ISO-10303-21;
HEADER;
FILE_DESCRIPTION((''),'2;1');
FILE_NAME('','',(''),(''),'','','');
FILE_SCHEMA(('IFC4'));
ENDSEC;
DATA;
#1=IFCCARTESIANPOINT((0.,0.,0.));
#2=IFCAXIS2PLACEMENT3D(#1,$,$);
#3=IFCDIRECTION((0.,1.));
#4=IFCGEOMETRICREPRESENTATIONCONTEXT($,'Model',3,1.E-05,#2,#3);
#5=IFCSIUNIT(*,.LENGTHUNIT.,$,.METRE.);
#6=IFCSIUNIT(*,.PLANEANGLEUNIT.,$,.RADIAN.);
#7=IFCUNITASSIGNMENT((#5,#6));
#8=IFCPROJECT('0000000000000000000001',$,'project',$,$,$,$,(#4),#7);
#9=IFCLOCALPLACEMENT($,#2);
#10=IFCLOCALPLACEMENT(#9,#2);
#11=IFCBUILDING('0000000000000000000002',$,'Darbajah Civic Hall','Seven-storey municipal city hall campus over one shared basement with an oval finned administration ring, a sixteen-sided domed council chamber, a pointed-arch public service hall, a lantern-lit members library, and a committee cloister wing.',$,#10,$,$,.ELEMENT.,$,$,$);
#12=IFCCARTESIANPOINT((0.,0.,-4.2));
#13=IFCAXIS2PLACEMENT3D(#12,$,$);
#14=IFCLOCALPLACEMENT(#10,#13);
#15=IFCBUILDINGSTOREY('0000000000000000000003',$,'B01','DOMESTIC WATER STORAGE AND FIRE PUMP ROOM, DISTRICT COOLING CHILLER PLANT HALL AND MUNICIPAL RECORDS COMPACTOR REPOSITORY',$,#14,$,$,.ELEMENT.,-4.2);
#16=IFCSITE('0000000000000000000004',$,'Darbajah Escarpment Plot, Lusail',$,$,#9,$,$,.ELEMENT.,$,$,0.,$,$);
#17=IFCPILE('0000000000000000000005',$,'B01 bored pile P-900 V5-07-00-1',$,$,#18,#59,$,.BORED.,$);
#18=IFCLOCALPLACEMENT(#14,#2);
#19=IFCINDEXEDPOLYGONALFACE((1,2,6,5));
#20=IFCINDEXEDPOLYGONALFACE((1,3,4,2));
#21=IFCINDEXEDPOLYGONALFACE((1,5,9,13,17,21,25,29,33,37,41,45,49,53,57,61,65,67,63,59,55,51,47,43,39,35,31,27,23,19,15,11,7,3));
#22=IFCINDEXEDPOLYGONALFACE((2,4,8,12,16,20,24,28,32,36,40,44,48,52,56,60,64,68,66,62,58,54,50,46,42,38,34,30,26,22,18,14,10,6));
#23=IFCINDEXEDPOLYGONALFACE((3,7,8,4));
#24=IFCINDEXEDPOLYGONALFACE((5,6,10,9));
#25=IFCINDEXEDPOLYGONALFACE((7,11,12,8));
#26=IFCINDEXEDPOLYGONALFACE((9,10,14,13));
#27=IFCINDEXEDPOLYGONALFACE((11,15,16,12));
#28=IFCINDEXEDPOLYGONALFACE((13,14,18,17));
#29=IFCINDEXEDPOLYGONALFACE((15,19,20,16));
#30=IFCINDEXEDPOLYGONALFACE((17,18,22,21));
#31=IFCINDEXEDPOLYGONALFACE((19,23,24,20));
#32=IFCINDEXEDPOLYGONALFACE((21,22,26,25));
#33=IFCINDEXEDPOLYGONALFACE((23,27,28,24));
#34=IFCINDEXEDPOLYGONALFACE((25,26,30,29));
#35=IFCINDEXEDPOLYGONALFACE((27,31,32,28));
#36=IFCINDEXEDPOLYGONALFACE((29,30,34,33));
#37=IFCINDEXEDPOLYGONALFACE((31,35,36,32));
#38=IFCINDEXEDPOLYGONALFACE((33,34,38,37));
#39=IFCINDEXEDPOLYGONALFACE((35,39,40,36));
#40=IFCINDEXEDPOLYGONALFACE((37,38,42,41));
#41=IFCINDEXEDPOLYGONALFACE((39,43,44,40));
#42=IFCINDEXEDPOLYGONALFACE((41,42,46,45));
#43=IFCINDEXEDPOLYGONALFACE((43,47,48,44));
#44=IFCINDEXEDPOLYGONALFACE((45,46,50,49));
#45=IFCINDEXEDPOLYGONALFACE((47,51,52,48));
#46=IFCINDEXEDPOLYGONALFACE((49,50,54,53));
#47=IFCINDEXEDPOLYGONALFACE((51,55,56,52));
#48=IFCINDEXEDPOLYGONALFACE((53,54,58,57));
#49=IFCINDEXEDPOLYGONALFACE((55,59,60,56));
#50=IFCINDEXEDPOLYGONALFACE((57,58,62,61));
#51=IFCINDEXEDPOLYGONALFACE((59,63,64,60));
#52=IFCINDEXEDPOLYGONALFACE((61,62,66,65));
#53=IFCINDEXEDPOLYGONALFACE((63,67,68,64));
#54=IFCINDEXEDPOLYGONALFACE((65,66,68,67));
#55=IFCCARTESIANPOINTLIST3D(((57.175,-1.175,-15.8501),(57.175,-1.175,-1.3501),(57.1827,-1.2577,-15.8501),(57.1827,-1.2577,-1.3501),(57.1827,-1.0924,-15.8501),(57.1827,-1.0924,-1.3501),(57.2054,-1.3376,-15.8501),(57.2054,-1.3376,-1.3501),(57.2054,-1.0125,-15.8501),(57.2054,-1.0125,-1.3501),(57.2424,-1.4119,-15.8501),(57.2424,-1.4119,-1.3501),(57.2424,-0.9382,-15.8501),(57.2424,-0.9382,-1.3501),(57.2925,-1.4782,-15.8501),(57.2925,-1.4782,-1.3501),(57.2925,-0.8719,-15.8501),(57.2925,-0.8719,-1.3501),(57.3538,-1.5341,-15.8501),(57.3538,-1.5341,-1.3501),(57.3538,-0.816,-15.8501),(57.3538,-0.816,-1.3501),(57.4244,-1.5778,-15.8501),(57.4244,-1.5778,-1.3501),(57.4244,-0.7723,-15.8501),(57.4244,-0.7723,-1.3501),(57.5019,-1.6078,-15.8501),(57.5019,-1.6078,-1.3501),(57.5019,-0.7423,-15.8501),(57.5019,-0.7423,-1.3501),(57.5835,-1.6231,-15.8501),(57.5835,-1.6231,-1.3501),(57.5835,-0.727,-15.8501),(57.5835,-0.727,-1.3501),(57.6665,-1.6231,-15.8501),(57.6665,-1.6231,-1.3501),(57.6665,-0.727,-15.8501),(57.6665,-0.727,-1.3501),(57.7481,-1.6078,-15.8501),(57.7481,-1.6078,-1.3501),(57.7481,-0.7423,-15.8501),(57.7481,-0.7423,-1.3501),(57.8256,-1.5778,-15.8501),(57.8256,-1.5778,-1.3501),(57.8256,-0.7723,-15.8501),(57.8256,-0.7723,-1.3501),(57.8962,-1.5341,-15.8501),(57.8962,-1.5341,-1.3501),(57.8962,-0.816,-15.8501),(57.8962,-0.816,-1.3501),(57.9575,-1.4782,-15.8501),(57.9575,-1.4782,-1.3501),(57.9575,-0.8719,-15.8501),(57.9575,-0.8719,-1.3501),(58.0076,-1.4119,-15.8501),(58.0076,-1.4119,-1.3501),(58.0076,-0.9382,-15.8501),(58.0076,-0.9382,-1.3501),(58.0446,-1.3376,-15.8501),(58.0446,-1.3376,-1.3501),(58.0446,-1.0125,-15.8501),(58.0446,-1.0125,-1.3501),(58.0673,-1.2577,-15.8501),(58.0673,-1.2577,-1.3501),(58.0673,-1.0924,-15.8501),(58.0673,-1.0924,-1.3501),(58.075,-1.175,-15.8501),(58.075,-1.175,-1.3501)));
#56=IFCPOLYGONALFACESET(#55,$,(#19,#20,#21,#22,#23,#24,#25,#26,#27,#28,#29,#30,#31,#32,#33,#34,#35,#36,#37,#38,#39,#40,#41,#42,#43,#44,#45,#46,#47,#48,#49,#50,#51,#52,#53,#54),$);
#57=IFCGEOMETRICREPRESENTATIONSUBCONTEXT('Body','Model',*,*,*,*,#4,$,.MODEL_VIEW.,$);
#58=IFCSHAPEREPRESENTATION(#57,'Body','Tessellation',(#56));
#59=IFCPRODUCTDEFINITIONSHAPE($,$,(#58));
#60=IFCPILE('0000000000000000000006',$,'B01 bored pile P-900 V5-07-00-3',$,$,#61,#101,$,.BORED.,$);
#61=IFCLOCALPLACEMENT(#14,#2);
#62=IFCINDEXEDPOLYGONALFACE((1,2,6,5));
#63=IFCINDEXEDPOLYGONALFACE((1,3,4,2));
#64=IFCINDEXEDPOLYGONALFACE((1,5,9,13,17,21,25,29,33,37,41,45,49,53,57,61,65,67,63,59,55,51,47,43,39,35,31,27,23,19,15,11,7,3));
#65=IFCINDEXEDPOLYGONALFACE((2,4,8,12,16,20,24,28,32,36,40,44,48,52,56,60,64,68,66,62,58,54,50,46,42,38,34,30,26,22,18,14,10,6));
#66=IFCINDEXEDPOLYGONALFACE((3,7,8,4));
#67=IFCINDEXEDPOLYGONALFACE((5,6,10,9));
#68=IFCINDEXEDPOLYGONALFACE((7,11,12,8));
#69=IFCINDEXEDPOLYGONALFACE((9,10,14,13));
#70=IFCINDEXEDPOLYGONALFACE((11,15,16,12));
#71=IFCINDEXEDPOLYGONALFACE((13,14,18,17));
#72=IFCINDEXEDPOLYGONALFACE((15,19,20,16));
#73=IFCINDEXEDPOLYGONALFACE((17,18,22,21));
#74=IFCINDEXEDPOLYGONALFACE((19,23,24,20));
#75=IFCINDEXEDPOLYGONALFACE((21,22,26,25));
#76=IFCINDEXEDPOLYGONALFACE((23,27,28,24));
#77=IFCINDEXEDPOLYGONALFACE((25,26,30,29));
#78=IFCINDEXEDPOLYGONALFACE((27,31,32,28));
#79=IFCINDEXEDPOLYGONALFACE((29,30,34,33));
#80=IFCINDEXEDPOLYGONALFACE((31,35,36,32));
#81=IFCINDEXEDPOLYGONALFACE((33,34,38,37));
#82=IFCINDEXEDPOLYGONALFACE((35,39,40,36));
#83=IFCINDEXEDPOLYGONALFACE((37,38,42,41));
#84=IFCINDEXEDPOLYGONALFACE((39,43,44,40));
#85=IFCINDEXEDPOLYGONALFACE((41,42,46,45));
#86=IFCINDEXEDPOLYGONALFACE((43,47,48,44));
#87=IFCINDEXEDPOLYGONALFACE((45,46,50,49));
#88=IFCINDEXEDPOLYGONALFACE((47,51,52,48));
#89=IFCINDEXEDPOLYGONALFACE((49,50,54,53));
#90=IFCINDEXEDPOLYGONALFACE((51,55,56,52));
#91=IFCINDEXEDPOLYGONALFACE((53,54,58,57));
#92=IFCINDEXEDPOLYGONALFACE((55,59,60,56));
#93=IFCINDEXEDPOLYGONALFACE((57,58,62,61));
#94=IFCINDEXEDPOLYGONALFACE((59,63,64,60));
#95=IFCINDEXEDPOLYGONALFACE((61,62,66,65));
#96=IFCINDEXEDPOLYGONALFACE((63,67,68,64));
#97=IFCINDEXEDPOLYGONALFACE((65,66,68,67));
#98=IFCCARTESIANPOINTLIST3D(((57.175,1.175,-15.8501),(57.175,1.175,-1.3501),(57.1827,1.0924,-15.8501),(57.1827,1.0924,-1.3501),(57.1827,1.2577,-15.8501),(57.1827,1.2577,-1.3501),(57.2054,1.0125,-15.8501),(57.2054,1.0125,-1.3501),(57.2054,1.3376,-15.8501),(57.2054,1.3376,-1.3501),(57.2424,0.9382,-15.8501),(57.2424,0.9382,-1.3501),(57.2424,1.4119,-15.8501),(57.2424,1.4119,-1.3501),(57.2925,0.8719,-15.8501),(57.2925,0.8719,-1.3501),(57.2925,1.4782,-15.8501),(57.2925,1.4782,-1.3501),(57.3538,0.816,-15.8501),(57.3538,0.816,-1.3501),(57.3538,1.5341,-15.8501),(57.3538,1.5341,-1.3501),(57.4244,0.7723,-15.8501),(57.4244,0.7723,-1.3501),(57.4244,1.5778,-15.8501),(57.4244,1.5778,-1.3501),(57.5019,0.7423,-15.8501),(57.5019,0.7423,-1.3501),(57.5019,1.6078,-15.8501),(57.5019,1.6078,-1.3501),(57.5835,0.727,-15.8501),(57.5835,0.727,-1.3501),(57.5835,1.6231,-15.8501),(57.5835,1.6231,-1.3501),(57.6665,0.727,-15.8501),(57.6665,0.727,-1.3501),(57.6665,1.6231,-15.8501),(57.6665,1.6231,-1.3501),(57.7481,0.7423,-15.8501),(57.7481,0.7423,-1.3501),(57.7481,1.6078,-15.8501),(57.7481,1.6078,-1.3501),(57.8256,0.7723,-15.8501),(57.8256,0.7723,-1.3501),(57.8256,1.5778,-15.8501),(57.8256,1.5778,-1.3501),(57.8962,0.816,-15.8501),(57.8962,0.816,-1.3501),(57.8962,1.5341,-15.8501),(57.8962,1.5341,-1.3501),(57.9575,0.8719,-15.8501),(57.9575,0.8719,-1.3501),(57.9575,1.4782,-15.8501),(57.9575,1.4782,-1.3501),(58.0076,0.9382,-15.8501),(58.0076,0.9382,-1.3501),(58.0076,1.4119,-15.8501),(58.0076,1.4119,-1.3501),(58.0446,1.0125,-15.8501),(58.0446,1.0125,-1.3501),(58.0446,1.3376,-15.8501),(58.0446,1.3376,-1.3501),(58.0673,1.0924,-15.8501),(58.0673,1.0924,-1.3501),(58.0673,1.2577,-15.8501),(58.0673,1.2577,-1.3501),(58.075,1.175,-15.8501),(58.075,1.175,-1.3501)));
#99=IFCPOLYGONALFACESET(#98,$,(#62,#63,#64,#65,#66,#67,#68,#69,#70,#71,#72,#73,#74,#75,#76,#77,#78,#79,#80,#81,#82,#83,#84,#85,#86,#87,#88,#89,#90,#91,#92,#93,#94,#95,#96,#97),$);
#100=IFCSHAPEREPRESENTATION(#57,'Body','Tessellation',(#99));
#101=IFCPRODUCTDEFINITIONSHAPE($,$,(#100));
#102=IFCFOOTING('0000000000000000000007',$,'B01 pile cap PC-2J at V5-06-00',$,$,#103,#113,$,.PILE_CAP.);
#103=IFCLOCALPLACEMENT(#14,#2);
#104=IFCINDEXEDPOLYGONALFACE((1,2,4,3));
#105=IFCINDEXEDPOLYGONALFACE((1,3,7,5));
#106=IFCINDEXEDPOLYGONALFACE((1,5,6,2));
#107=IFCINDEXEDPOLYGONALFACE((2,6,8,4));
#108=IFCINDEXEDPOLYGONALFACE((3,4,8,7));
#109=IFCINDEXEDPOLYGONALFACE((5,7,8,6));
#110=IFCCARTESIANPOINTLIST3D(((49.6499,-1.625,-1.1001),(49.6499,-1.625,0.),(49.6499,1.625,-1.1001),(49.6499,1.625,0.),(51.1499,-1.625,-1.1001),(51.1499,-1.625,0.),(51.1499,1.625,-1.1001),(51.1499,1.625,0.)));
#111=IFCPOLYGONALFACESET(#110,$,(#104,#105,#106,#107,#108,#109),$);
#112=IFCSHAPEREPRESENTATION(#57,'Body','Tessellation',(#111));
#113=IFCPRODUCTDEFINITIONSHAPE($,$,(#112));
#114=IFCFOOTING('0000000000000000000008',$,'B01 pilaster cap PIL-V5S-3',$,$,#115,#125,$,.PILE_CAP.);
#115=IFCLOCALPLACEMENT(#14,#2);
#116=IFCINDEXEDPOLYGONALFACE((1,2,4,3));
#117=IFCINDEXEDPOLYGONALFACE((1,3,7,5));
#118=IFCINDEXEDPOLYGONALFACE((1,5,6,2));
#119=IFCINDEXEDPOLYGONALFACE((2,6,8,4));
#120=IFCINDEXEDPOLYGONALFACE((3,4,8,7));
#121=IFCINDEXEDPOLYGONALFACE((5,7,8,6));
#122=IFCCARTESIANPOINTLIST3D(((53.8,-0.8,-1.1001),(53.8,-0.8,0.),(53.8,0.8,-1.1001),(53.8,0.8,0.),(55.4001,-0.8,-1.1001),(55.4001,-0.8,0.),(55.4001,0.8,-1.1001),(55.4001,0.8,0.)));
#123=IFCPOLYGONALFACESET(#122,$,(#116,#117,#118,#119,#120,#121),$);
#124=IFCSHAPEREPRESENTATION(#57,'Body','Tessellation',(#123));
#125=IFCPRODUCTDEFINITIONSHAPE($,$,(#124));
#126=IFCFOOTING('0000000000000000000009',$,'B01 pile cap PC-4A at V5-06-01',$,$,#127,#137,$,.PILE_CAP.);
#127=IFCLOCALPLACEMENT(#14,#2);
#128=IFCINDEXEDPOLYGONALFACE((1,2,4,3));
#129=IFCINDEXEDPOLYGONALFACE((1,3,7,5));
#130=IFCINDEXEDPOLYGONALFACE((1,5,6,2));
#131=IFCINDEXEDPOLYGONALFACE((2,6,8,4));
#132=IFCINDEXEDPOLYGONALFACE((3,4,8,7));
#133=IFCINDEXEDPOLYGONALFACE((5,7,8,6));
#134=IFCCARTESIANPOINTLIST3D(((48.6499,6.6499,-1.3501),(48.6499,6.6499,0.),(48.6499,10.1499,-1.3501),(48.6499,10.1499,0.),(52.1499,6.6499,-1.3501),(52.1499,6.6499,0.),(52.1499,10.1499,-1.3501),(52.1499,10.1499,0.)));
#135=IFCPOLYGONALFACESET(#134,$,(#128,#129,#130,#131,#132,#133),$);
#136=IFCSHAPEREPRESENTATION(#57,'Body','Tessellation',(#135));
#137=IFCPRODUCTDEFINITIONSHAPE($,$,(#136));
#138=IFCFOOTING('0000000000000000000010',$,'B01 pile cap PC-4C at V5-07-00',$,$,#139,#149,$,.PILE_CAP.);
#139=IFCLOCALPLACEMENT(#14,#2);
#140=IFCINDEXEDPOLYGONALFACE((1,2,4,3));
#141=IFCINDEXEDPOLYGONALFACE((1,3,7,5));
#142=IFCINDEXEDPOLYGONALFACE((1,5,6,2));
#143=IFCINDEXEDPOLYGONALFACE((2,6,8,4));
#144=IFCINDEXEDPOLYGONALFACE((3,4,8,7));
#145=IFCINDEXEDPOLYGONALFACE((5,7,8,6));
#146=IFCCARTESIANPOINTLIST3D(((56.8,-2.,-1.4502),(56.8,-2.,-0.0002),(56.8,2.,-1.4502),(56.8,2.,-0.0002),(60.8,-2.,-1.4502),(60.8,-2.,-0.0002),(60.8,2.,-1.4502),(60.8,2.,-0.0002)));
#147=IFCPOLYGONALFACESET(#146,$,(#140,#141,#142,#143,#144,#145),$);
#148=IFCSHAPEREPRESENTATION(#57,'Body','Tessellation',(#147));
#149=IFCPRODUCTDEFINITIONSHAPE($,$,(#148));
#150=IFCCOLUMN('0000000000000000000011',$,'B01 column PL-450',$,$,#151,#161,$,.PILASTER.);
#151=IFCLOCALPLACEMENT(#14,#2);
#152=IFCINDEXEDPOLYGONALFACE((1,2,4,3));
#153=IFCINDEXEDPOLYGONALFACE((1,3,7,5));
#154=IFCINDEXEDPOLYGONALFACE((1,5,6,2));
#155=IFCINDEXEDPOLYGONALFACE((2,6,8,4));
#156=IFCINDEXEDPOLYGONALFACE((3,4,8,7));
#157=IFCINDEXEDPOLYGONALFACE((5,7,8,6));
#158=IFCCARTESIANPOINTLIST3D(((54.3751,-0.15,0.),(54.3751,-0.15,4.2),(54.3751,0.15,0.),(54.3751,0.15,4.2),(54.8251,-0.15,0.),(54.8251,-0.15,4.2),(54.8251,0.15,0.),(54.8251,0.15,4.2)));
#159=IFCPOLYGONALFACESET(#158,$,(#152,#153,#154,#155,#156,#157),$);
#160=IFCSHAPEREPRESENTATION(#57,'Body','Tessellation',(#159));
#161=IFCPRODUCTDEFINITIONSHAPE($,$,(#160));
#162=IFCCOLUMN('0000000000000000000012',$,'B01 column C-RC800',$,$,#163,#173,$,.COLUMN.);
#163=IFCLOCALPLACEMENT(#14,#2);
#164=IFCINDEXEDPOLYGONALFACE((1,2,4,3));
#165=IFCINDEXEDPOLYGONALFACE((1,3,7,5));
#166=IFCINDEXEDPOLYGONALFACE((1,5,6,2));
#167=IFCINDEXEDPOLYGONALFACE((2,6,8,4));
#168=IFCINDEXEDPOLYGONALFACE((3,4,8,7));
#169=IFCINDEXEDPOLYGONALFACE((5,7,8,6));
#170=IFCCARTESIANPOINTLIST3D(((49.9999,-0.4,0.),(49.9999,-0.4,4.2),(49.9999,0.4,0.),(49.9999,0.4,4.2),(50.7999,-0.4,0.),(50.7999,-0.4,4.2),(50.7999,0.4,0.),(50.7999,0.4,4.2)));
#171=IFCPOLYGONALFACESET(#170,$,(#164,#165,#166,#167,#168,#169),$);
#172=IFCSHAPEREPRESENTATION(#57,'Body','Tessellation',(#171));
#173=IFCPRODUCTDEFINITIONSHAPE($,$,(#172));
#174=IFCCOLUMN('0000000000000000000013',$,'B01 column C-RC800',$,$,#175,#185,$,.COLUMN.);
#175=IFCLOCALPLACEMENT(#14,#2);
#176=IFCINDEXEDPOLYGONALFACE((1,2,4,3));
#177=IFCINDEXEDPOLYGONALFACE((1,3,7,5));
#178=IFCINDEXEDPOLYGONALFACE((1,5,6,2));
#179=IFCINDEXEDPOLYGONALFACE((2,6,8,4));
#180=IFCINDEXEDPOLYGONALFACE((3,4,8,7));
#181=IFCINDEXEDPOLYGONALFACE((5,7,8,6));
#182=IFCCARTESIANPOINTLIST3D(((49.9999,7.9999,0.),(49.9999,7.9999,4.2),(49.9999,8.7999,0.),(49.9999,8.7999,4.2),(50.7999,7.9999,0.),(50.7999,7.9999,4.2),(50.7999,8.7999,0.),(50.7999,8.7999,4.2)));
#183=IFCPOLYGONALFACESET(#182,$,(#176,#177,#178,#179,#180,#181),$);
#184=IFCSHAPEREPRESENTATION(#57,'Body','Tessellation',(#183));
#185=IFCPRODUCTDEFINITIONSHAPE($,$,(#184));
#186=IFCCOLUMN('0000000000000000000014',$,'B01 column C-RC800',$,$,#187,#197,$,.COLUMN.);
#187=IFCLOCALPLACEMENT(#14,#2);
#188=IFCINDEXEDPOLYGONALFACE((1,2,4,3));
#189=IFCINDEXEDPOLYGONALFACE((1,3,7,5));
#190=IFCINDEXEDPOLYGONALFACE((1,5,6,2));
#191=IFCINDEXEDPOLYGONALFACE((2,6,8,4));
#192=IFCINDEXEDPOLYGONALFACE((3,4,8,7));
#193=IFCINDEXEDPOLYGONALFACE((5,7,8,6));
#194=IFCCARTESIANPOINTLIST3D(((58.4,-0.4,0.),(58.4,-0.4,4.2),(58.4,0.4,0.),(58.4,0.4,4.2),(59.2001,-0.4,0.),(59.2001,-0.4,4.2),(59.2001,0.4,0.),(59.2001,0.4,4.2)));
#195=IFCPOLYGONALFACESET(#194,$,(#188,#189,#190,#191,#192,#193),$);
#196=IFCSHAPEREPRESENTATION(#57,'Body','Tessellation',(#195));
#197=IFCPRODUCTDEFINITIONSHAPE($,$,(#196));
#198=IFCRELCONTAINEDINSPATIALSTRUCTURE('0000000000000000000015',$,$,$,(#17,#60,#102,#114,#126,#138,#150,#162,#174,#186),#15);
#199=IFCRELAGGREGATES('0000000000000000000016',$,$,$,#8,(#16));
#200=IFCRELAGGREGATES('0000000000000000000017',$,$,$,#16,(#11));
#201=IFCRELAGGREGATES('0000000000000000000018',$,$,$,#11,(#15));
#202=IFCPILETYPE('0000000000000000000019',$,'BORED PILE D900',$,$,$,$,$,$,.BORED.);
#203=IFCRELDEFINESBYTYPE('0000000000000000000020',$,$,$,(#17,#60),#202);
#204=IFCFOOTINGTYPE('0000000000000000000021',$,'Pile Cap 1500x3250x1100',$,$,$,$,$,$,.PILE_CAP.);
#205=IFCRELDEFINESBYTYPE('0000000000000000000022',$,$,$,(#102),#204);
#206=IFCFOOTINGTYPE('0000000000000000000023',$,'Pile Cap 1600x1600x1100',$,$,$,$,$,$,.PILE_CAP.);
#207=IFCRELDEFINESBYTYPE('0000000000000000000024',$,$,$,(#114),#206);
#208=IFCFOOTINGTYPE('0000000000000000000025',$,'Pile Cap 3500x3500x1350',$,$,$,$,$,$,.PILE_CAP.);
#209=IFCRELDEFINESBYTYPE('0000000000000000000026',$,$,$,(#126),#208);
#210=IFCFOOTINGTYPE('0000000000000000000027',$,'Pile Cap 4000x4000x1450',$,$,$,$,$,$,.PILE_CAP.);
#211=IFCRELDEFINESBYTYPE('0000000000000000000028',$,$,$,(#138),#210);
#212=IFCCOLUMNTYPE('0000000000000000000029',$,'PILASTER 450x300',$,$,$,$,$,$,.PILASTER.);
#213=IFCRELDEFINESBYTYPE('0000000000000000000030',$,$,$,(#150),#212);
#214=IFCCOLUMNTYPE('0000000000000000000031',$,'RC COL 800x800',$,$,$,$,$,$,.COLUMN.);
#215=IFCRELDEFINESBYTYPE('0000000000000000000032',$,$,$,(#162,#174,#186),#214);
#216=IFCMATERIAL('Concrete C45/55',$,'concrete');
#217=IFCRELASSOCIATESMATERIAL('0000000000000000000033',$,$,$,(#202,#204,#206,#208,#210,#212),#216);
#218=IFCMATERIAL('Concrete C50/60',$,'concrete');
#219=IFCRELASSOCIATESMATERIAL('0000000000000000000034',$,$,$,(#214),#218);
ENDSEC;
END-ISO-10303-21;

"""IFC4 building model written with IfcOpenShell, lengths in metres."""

from ifc_helpers import new_model, si_unit, direction, frame, origin, origin_2d, place, context, subcontext, project, spatial, rectangle, circle, extrude, material, material_profile, profile_set, type_object, element, save


model = new_model("IFC4")

# Units and contexts
model_context = context("Model", 3, precision=1e-05, world=origin(), true_north=direction((0.0, 1.0)))
body_context = subcontext(model_context, "Body", "Model", "MODEL_VIEW")
ifc_project = project(units=[si_unit("LENGTHUNIT", "METRE"), si_unit("PLANEANGLEUNIT", "RADIAN")], contexts=[model_context])

# Site, building, storey
site_placement = place(None, origin())
site = spatial("IfcSite", under=ifc_project, at=site_placement, Name="Darbajah Escarpment Plot, Lusail", CompositionType="ELEMENT", RefElevation=0.0)
building_placement = place(site_placement, origin())
building = spatial("IfcBuilding", under=site, at=building_placement, Name="Darbajah Civic Hall", Description="Seven-storey municipal city hall campus over one shared basement with an oval finned administration ring, a sixteen-sided domed council chamber, a pointed-arch public service hall, a lantern-lit members library, and a committee cloister wing.", CompositionType="ELEMENT")
storey_placement = place(building_placement, frame((0.0, 0.0, -4.2)))
storey = spatial("IfcBuildingStorey", under=building, at=storey_placement, Name="B01", Description="DOMESTIC WATER STORAGE AND FIRE PUMP ROOM, DISTRICT COOLING CHILLER PLANT HALL AND MUNICIPAL RECORDS COMPACTOR REPOSITORY", CompositionType="ELEMENT", Elevation=-4.2)

# Piles
ifc_material_1 = material(Name="Concrete C45/55", Category="concrete")
ifc_material_profile_1 = material_profile(ifc_material_1, circle(Radius=0.45, at=origin_2d()), Name="BORED PILE D900")
ifc_profile_set_1 = profile_set([ifc_material_profile_1], Name="Concrete C45/55")
pile_type_1 = type_object("IfcPileType", Name="BORED PILE D900", PredefinedType="BORED", material=ifc_profile_set_1)
for number, where, z_axis, x_axis, name in (
    (1, (57.625, -1.175, -1.3501), (0.0, 0.0, -1.0), (1.0, 0.0, 0.0), "B01 bored pile P-900 V5-07-00-1"),
    (2, (57.625, 1.175, -1.3501), (0.0, 0.0, -1.0), (1.0, 0.0, 0.0), "B01 bored pile P-900 V5-07-00-3"),
):
    element("IfcPile", number, at=place(storey_placement, frame(where, z_axis=z_axis, x_axis=x_axis)), inside=storey, type_object=pile_type_1, Name=name, PredefinedType="BORED", context=body_context, shape_type="SweptSolid", body=[
        extrude(circle(Radius=0.45, at=origin_2d()), origin(), (0.0, 0.0, 1.0), 14.5),
    ])

# Footings
footing_type_1 = type_object("IfcFootingType", Name="Pile Cap 1500x3250x1100", PredefinedType="PILE_CAP", material=ifc_material_1)
footing_1_placement = place(storey_placement, frame((50.3999, 0.0, -1.1001), z_axis=(0.0, 0.0, 1.0), x_axis=(1.0, 0.0, 0.0)))
element("IfcFooting", 3, at=footing_1_placement, inside=storey, type_object=footing_type_1, Name="B01 pile cap PC-2J at V5-06-00", PredefinedType="PILE_CAP", context=body_context, shape_type="SweptSolid", body=[
    extrude(rectangle(XDim=1.5, YDim=3.25, at=origin_2d()), origin(), (0.0, 0.0, 1.0), 1.1001),
])
footing_type_2 = type_object("IfcFootingType", Name="Pile Cap 1600x1600x1100", PredefinedType="PILE_CAP", material=ifc_material_1)
footing_2_placement = place(storey_placement, frame((54.6001, 0.0, -1.1001), z_axis=(0.0, 0.0, 1.0), x_axis=(1.0, 0.0, 0.0)))
element("IfcFooting", 4, at=footing_2_placement, inside=storey, type_object=footing_type_2, Name="B01 pilaster cap PIL-V5S-3", PredefinedType="PILE_CAP", context=body_context, shape_type="SweptSolid", body=[
    extrude(rectangle(XDim=1.6001, YDim=1.6001, at=origin_2d()), origin(), (0.0, 0.0, 1.0), 1.1001),
])
footing_type_3 = type_object("IfcFootingType", Name="Pile Cap 3500x3500x1350", PredefinedType="PILE_CAP", material=ifc_material_1)
footing_3_placement = place(storey_placement, frame((50.3999, 8.3999, -1.3501), z_axis=(0.0, 0.0, 1.0), x_axis=(1.0, 0.0, 0.0)))
element("IfcFooting", 5, at=footing_3_placement, inside=storey, type_object=footing_type_3, Name="B01 pile cap PC-4A at V5-06-01", PredefinedType="PILE_CAP", context=body_context, shape_type="SweptSolid", body=[
    extrude(rectangle(XDim=3.5, YDim=3.5, at=origin_2d()), origin(), (0.0, 0.0, 1.0), 1.3501),
])
footing_type_4 = type_object("IfcFootingType", Name="Pile Cap 4000x4000x1450", PredefinedType="PILE_CAP", material=ifc_material_1)
footing_4_placement = place(storey_placement, frame((58.8, 0.0, -1.4502), z_axis=(0.0, 0.0, 1.0), x_axis=(1.0, 0.0, 0.0)))
element("IfcFooting", 6, at=footing_4_placement, inside=storey, type_object=footing_type_4, Name="B01 pile cap PC-4C at V5-07-00", PredefinedType="PILE_CAP", context=body_context, shape_type="SweptSolid", body=[
    extrude(rectangle(XDim=4.0, YDim=4.0, at=origin_2d()), origin(), (0.0, 0.0, 1.0), 1.45),
])

# Columns
ifc_material_profile_2 = material_profile(ifc_material_1, rectangle(XDim=0.45, YDim=0.3, at=origin_2d()), Name="PILASTER 450x300")
ifc_profile_set_2 = profile_set([ifc_material_profile_2], Name="Concrete C45/55")
column_type_1 = type_object("IfcColumnType", Name="PILASTER 450x300", PredefinedType="PILASTER", material=ifc_profile_set_2)
column_placement = place(storey_placement, frame((54.6001, 0.0, 0.0), z_axis=(0.0, 0.0, 1.0), x_axis=(1.0, 0.0, 0.0)))
element("IfcColumn", 7, at=column_placement, inside=storey, type_object=column_type_1, Name="B01 column PL-450", PredefinedType="PILASTER", context=body_context, shape_type="SweptSolid", body=[
    extrude(rectangle(XDim=0.45, YDim=0.3, at=origin_2d()), origin(), (0.0, 0.0, 1.0), 4.2),
])
ifc_material_2 = material(Name="Concrete C50/60", Category="concrete")
ifc_material_profile_3 = material_profile(ifc_material_2, rectangle(XDim=0.8, YDim=0.8, at=origin_2d()), Name="RC COL 800x800")
ifc_profile_set_3 = profile_set([ifc_material_profile_3], Name="Concrete C50/60")
column_type_2 = type_object("IfcColumnType", Name="RC COL 800x800", PredefinedType="COLUMN", material=ifc_profile_set_3)
for number, where, z_axis, x_axis, name in (
    (8, (50.3999, 0.0, 0.0), (0.0, 0.0, 1.0), (1.0, 0.0, 0.0), "B01 column C-RC800"),
    (9, (50.3999, 8.3999, 0.0), (0.0, 0.0, 1.0), (1.0, 0.0, 0.0), "B01 column C-RC800"),
    (10, (58.8, 0.0, 0.0), (0.0, 0.0, 1.0), (1.0, 0.0, 0.0), "B01 column C-RC800"),
):
    element("IfcColumn", number, at=place(storey_placement, frame(where, z_axis=z_axis, x_axis=x_axis)), inside=storey, type_object=column_type_2, Name=name, PredefinedType="COLUMN", context=body_context, shape_type="SweptSolid", body=[
        extrude(rectangle(XDim=0.8, YDim=0.8, at=origin_2d()), origin(), (0.0, 0.0, 1.0), 4.2),
    ])

save(model, "model.ifc")
